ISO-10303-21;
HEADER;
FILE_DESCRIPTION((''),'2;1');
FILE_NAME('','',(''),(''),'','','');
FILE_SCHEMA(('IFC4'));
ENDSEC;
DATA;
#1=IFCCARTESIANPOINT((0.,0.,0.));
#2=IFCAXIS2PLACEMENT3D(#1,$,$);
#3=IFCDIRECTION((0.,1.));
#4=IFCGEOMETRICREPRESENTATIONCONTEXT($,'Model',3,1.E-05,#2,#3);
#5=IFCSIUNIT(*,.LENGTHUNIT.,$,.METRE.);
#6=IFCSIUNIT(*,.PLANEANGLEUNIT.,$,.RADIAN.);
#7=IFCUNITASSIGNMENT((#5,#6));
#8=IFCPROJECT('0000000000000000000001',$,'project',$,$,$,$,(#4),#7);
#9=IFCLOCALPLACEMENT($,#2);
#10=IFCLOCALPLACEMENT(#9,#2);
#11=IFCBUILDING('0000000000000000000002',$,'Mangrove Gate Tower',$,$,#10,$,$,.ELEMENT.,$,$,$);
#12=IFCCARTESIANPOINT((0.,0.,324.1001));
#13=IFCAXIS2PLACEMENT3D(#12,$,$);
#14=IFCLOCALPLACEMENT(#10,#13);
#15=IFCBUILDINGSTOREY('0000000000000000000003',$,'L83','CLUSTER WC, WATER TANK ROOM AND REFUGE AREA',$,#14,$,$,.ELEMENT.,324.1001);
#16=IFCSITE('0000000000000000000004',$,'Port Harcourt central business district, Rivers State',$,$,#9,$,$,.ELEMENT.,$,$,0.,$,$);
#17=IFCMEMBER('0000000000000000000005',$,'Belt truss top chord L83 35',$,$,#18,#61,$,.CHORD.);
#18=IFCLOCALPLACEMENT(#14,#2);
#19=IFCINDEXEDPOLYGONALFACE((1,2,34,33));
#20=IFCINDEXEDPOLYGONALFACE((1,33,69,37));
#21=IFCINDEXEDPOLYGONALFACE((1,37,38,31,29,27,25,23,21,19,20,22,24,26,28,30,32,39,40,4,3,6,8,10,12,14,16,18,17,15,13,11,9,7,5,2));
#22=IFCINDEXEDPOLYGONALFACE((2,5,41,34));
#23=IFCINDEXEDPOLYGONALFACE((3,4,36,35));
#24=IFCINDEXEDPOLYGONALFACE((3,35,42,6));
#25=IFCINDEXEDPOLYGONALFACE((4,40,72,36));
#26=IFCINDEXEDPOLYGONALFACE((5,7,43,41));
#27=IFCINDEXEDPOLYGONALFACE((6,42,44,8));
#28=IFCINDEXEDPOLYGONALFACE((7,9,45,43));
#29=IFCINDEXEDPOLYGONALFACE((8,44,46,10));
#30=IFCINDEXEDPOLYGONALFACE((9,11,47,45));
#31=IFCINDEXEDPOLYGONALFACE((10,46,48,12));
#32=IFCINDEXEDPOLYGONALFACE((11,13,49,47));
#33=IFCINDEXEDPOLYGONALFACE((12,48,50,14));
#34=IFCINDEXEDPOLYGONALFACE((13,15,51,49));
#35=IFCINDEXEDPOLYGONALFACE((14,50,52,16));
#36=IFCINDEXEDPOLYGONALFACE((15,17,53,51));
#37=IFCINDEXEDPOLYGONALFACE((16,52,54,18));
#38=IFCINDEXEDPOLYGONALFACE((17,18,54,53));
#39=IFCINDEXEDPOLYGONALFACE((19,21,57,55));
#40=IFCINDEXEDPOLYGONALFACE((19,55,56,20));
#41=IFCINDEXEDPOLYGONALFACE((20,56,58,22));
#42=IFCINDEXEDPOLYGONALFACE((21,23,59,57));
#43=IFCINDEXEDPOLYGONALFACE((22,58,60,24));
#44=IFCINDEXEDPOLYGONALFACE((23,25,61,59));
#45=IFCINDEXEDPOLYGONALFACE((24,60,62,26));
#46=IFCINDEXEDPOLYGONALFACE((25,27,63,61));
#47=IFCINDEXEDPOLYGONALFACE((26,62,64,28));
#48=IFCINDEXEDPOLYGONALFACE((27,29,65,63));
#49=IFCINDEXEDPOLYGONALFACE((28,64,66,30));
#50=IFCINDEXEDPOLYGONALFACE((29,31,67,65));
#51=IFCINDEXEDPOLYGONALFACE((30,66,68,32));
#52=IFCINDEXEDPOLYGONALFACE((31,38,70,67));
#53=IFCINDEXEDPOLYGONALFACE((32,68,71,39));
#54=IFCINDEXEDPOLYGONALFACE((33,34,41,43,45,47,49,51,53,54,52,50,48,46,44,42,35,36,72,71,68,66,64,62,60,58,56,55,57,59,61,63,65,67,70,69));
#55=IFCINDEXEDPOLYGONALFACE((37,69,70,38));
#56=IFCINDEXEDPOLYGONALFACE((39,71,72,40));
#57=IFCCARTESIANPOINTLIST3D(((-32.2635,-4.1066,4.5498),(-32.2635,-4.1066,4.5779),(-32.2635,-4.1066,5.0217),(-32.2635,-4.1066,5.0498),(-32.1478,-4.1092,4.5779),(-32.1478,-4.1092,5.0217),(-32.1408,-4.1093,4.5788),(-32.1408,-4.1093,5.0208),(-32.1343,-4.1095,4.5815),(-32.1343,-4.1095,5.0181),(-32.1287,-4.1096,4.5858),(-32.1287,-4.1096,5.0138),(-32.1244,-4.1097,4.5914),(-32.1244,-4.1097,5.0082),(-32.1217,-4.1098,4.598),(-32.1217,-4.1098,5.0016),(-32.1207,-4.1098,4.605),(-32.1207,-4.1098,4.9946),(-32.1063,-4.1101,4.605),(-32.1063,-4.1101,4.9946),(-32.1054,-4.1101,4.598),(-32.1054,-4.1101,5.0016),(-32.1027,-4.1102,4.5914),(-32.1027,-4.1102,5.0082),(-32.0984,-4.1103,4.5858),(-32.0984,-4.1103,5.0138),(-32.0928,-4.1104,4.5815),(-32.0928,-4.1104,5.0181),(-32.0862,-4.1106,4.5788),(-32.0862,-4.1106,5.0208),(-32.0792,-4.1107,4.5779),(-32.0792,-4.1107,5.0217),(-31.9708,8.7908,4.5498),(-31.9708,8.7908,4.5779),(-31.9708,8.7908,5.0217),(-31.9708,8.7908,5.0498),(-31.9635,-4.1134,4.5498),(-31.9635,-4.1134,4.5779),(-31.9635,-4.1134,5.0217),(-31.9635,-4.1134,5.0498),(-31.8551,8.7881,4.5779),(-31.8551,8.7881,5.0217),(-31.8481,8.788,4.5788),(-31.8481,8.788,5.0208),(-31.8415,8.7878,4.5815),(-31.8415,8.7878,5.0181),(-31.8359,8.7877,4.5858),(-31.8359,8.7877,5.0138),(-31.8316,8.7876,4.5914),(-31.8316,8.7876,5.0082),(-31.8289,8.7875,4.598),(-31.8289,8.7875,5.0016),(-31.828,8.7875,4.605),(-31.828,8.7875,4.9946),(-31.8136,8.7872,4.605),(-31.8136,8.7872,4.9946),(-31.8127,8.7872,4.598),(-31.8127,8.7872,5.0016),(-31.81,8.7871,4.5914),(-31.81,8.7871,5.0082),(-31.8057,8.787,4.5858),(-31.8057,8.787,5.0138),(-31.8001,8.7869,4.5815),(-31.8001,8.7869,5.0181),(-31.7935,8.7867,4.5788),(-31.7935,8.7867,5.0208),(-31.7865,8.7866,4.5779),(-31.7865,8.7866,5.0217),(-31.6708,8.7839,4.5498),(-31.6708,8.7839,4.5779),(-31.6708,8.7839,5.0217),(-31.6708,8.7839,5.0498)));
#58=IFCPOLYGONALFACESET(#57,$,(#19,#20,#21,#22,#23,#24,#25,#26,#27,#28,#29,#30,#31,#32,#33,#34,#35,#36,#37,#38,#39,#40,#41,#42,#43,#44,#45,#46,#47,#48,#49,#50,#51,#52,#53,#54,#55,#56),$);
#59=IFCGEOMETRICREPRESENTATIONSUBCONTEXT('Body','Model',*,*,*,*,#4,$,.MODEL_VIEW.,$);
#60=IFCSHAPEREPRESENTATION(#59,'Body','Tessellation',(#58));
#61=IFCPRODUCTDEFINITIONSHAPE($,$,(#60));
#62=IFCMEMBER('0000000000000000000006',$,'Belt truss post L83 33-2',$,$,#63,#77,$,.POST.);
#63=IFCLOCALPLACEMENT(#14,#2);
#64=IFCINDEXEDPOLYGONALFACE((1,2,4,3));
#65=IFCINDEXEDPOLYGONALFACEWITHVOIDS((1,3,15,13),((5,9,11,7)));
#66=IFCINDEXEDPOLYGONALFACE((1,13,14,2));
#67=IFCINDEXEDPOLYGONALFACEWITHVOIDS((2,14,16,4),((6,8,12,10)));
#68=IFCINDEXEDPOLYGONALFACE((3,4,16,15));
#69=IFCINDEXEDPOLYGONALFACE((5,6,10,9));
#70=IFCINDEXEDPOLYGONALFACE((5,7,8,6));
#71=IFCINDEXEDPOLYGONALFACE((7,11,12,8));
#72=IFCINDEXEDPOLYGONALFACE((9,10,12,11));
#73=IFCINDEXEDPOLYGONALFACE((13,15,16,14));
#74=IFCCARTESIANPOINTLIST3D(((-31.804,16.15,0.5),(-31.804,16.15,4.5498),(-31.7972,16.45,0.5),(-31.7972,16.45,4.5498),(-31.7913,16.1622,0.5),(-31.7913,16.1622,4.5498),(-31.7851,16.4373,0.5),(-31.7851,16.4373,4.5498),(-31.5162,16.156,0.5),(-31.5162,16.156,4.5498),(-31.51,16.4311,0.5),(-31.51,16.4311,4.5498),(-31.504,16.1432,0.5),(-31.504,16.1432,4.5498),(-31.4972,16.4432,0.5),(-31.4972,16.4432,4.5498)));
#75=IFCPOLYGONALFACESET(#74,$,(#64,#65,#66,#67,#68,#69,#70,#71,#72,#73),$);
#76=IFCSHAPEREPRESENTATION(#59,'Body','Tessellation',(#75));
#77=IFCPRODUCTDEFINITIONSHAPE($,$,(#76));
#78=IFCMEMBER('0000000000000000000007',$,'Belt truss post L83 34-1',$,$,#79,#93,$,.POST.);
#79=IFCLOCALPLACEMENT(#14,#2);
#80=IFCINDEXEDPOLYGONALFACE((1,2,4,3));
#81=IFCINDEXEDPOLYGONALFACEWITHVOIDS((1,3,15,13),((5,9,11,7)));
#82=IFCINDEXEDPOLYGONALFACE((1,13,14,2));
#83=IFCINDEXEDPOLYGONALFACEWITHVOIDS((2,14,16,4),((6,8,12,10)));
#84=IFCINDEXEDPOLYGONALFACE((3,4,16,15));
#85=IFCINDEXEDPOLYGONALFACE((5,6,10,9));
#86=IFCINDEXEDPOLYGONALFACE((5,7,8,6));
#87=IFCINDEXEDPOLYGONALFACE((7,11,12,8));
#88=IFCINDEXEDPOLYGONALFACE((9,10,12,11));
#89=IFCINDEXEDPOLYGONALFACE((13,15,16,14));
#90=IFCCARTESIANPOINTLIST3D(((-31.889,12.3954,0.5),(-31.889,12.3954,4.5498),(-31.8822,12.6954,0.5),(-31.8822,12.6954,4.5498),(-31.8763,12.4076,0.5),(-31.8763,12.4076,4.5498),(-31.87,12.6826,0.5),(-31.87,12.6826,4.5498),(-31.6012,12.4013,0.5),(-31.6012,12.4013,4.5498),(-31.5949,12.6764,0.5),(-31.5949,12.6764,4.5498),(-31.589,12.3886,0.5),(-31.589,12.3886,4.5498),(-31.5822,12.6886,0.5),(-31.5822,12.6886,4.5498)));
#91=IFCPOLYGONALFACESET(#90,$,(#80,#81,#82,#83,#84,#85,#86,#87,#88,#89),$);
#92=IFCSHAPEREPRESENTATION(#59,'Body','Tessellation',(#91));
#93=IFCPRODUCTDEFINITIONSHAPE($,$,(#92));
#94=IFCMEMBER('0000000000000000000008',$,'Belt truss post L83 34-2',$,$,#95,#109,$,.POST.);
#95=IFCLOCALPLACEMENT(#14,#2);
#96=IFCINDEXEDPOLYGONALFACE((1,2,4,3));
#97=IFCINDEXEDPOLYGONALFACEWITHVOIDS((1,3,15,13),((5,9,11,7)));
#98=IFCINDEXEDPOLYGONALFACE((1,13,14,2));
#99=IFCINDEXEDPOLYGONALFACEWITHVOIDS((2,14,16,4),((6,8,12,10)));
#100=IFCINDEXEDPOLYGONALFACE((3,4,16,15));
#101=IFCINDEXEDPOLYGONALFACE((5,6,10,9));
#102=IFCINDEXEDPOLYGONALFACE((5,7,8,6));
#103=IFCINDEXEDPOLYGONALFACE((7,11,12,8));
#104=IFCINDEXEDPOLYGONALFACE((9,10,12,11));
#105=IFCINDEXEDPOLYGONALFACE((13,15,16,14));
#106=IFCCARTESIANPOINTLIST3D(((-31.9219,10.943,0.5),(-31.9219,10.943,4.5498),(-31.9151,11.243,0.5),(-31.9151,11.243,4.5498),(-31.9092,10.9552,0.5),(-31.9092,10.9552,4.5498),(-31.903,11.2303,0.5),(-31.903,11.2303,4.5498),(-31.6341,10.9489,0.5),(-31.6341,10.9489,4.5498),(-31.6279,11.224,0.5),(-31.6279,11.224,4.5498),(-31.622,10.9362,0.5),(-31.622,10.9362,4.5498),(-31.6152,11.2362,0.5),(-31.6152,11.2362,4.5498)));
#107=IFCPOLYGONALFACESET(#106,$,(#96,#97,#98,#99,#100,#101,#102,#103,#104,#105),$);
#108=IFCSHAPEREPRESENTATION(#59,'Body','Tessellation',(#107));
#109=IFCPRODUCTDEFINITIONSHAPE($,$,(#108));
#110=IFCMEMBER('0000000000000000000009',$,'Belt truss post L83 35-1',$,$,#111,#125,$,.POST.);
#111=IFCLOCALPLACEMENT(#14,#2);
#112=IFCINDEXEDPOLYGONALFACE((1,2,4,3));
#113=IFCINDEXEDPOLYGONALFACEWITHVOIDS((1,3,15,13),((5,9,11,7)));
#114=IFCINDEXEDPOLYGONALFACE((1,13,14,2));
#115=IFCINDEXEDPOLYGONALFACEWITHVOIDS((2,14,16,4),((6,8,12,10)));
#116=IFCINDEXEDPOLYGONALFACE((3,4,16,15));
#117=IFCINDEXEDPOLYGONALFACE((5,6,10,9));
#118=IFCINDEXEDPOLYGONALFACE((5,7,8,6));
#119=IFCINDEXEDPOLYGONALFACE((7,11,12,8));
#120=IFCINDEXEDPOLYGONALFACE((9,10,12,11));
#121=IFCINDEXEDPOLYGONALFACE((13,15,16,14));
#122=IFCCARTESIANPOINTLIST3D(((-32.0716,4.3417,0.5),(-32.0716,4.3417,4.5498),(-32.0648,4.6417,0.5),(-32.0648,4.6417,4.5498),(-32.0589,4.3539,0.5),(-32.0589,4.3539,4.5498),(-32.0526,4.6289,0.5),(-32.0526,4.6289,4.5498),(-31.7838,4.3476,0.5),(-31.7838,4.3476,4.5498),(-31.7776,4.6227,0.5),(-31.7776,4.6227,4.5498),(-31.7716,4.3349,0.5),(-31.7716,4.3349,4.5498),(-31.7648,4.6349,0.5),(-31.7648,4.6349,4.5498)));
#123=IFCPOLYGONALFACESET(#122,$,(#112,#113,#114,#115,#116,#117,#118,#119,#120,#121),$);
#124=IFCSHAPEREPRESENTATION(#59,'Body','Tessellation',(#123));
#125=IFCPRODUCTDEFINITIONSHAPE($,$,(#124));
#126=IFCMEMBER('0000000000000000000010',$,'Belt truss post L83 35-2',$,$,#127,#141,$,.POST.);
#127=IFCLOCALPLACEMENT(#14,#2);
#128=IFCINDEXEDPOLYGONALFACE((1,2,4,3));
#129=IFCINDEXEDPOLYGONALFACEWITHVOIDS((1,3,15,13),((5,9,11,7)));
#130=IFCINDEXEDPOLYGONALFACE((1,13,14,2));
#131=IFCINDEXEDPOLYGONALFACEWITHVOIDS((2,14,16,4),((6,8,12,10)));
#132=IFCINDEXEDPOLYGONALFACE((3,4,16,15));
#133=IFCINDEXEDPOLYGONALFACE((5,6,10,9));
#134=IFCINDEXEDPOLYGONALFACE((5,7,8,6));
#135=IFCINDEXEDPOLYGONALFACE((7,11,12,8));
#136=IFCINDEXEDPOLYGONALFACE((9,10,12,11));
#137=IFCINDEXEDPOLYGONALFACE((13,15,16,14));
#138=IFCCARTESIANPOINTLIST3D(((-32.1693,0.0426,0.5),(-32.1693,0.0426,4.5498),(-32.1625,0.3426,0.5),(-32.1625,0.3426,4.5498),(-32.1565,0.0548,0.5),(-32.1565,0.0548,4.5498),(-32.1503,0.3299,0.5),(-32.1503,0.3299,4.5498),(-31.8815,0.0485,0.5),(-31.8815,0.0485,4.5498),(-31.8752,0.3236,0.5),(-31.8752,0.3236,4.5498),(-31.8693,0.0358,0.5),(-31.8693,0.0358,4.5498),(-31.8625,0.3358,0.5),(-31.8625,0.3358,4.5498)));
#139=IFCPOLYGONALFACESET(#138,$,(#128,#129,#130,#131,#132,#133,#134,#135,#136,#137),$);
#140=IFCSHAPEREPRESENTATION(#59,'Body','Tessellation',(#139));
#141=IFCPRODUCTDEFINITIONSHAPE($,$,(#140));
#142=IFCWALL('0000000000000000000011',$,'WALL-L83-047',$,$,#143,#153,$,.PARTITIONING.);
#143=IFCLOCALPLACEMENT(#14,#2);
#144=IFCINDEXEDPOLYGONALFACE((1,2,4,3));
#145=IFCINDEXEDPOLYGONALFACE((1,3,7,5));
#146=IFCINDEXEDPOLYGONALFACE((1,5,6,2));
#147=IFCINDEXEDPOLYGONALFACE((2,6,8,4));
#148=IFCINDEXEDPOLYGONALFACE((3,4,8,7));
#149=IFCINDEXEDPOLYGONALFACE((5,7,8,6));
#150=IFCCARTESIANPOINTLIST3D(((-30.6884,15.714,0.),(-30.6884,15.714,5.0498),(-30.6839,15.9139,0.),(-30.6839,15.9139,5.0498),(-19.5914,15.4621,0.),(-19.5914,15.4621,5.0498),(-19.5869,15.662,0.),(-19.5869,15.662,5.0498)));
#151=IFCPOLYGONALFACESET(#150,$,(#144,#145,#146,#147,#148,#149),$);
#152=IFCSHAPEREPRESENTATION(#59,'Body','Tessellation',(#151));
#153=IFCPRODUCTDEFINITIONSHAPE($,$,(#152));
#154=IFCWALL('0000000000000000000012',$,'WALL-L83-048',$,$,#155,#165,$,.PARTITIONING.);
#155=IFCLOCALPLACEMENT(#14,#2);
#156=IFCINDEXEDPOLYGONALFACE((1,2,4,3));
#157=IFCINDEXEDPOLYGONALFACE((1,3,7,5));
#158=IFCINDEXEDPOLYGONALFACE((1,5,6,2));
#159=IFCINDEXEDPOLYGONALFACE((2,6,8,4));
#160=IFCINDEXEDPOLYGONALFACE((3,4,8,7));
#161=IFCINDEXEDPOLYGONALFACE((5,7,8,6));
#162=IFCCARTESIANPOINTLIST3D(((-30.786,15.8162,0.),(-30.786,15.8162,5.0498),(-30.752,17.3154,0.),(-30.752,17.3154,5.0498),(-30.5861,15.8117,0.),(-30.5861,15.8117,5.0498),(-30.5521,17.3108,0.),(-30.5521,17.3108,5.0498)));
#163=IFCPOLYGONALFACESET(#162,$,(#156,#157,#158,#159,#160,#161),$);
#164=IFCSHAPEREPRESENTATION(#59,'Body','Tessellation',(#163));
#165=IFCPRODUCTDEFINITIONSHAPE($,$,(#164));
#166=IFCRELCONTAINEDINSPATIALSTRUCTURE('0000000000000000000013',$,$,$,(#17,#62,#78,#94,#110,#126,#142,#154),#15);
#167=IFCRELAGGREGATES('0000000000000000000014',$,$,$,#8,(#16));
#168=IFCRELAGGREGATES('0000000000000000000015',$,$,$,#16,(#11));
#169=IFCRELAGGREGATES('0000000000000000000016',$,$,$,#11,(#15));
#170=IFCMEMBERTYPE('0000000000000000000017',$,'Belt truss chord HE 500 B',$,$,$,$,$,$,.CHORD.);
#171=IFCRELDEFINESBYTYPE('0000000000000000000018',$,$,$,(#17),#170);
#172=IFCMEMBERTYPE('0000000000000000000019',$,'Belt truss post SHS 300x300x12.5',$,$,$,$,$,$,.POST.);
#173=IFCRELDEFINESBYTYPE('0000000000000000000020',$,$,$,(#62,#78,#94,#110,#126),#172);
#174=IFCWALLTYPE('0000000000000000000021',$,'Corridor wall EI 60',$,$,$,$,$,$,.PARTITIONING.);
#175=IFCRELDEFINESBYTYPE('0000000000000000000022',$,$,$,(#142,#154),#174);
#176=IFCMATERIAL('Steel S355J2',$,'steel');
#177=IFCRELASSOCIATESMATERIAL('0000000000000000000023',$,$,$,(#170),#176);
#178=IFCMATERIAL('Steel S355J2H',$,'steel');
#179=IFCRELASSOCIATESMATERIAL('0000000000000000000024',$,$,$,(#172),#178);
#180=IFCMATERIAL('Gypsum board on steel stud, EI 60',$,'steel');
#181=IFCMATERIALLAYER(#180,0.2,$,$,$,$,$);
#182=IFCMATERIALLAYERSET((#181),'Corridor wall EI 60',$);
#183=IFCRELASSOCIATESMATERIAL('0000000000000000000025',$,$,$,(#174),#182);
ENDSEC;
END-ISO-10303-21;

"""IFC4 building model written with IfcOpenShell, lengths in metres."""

from ifc_helpers import new_model, si_unit, direction, frame, frame_2d, origin, origin_2d, place, context, subcontext, project, spatial, rectangle, hollow_rectangle, i_section, extrude, material, layer, layer_set, material_profile, profile_set, type_object, element, save


model = new_model("IFC4")

# Units and contexts
model_context = context("Model", 3, precision=1e-05, world=origin(), true_north=direction((0.0, 1.0)))
body_context = subcontext(model_context, "Body", "Model", "MODEL_VIEW")
ifc_project = project(units=[si_unit("LENGTHUNIT", "METRE"), si_unit("PLANEANGLEUNIT", "RADIAN")], contexts=[model_context])

# Site, building, storey
site_placement = place(None, origin())
site = spatial("IfcSite", under=ifc_project, at=site_placement, Name="Port Harcourt central business district, Rivers State", CompositionType="ELEMENT", RefElevation=0.0)
building_placement = place(site_placement, origin())
building = spatial("IfcBuilding", under=site, at=building_placement, Name="Mangrove Gate Tower", CompositionType="ELEMENT")
storey_placement = place(building_placement, frame((0.0, 0.0, 324.1001)))
storey = spatial("IfcBuildingStorey", under=building, at=storey_placement, Name="L83", Description="CLUSTER WC, WATER TANK ROOM AND REFUGE AREA", CompositionType="ELEMENT", Elevation=324.1001)

# Members
ifc_material_1 = material(Name="Steel S355J2", Category="steel")
ifc_material_profile_1 = material_profile(ifc_material_1, i_section(OverallWidth=0.3, OverallDepth=0.5, WebThickness=0.0144, FlangeThickness=0.0281, FilletRadius=0.0271, at=origin_2d()))
ifc_profile_set_1 = profile_set([ifc_material_profile_1], Name="Steel S355J2")
member_type_1 = type_object("IfcMemberType", Name="Belt truss chord HE 500 B", PredefinedType="CHORD", material=ifc_profile_set_1)
for number, where, z_axis, x_axis, name in (
    (1, (-31.8208, 8.7874, 4.7998), (-0.022691, -0.999743, 0.0), (0.999743, -0.022691, 0.0), "Belt truss top chord L83 35"),
):
    element("IfcMember", number, at=place(storey_placement, frame(where, z_axis=z_axis, x_axis=x_axis)), inside=storey, type_object=member_type_1, Name=name, PredefinedType="CHORD", context=body_context, shape_type="SweptSolid", body=[
        extrude(i_section(OverallWidth=0.3, OverallDepth=0.5, WebThickness=0.0144, FlangeThickness=0.0281, FilletRadius=0.0271, at=origin_2d()), origin(), (0.0, 0.0, 1.0), 12.9006),
    ])
ifc_material_2 = material(Name="Steel S355J2H", Category="steel")
ifc_material_profile_2 = material_profile(ifc_material_2, hollow_rectangle(XDim=0.3, YDim=0.3, WallThickness=0.0125, at=origin_2d()))
ifc_profile_set_2 = profile_set([ifc_material_profile_2], Name="Steel S355J2H")
member_type_2 = type_object("IfcMemberType", Name="Belt truss post SHS 300x300x12.5", PredefinedType="POST", material=ifc_profile_set_2)
for number, where, z_axis, x_axis, name in (
    (2, (-31.6506, 16.2966, 0.5), (0.0, 0.0, 1.0), (-0.022656, -0.999743, 0.0), "Belt truss post L83 33-2"),
    (3, (-31.7356, 12.542, 0.5), (0.0, 0.0, 1.0), (-0.022656, -0.999743, 0.0), "Belt truss post L83 34-1"),
    (4, (-31.7686, 11.0896, 0.5), (0.0, 0.0, 1.0), (-0.022656, -0.999743, 0.0), "Belt truss post L83 34-2"),
    (5, (-31.9182, 4.4883, 0.5), (0.0, 0.0, 1.0), (-0.02269, -0.999743, 0.0), "Belt truss post L83 35-1"),
    (6, (-32.0159, 0.1892, 0.5), (0.0, 0.0, 1.0), (-0.02269, -0.999743, 0.0), "Belt truss post L83 35-2"),
):
    element("IfcMember", number, at=place(storey_placement, frame(where, z_axis=z_axis, x_axis=x_axis)), inside=storey, type_object=member_type_2, Name=name, PredefinedType="POST", context=body_context, shape_type="SweptSolid", body=[
        extrude(hollow_rectangle(XDim=0.3, YDim=0.3, WallThickness=0.0125, at=origin_2d()), origin(), (0.0, 0.0, 1.0), 4.0498),
    ])

# Walls
ifc_material_3 = material(Name="Gypsum board on steel stud, EI 60", Category="steel")
ifc_layer_1 = layer(ifc_material_3, 0.2)
ifc_layer_set_1 = layer_set([ifc_layer_1], Name="Corridor wall EI 60")
wall_type_1 = type_object("IfcWallType", Name="Corridor wall EI 60", PredefinedType="PARTITIONING", material=ifc_layer_set_1)
wall_1_placement = place(storey_placement, frame((-30.686, 15.814, 0.0), z_axis=(0.0, 0.0, 1.0), x_axis=(0.999742, -0.022699, 0.0)))
element("IfcWall", 7, at=wall_1_placement, inside=storey, type_object=wall_type_1, Name="WALL-L83-047", PredefinedType="PARTITIONING", context=body_context, shape_type="SweptSolid", body=[
    extrude(rectangle(XDim=11.0999, YDim=0.2, at=frame_2d((5.5498, 0.0))), origin(), (0.0, 0.0, 1.0), 5.0498),
])
wall_2_placement = place(storey_placement, frame((-30.686, 15.814, 0.0), z_axis=(0.0, 0.0, 1.0), x_axis=(0.022633, 0.999744, 0.0)))
element("IfcWall", 8, at=wall_2_placement, inside=storey, type_object=wall_type_1, Name="WALL-L83-048", PredefinedType="PARTITIONING", context=body_context, shape_type="SweptSolid", body=[
    extrude(rectangle(XDim=1.4995, YDim=0.2, at=frame_2d((0.7498, 0.0))), origin(), (0.0, 0.0, 1.0), 5.0498),
])

save(model, "model.ifc")
